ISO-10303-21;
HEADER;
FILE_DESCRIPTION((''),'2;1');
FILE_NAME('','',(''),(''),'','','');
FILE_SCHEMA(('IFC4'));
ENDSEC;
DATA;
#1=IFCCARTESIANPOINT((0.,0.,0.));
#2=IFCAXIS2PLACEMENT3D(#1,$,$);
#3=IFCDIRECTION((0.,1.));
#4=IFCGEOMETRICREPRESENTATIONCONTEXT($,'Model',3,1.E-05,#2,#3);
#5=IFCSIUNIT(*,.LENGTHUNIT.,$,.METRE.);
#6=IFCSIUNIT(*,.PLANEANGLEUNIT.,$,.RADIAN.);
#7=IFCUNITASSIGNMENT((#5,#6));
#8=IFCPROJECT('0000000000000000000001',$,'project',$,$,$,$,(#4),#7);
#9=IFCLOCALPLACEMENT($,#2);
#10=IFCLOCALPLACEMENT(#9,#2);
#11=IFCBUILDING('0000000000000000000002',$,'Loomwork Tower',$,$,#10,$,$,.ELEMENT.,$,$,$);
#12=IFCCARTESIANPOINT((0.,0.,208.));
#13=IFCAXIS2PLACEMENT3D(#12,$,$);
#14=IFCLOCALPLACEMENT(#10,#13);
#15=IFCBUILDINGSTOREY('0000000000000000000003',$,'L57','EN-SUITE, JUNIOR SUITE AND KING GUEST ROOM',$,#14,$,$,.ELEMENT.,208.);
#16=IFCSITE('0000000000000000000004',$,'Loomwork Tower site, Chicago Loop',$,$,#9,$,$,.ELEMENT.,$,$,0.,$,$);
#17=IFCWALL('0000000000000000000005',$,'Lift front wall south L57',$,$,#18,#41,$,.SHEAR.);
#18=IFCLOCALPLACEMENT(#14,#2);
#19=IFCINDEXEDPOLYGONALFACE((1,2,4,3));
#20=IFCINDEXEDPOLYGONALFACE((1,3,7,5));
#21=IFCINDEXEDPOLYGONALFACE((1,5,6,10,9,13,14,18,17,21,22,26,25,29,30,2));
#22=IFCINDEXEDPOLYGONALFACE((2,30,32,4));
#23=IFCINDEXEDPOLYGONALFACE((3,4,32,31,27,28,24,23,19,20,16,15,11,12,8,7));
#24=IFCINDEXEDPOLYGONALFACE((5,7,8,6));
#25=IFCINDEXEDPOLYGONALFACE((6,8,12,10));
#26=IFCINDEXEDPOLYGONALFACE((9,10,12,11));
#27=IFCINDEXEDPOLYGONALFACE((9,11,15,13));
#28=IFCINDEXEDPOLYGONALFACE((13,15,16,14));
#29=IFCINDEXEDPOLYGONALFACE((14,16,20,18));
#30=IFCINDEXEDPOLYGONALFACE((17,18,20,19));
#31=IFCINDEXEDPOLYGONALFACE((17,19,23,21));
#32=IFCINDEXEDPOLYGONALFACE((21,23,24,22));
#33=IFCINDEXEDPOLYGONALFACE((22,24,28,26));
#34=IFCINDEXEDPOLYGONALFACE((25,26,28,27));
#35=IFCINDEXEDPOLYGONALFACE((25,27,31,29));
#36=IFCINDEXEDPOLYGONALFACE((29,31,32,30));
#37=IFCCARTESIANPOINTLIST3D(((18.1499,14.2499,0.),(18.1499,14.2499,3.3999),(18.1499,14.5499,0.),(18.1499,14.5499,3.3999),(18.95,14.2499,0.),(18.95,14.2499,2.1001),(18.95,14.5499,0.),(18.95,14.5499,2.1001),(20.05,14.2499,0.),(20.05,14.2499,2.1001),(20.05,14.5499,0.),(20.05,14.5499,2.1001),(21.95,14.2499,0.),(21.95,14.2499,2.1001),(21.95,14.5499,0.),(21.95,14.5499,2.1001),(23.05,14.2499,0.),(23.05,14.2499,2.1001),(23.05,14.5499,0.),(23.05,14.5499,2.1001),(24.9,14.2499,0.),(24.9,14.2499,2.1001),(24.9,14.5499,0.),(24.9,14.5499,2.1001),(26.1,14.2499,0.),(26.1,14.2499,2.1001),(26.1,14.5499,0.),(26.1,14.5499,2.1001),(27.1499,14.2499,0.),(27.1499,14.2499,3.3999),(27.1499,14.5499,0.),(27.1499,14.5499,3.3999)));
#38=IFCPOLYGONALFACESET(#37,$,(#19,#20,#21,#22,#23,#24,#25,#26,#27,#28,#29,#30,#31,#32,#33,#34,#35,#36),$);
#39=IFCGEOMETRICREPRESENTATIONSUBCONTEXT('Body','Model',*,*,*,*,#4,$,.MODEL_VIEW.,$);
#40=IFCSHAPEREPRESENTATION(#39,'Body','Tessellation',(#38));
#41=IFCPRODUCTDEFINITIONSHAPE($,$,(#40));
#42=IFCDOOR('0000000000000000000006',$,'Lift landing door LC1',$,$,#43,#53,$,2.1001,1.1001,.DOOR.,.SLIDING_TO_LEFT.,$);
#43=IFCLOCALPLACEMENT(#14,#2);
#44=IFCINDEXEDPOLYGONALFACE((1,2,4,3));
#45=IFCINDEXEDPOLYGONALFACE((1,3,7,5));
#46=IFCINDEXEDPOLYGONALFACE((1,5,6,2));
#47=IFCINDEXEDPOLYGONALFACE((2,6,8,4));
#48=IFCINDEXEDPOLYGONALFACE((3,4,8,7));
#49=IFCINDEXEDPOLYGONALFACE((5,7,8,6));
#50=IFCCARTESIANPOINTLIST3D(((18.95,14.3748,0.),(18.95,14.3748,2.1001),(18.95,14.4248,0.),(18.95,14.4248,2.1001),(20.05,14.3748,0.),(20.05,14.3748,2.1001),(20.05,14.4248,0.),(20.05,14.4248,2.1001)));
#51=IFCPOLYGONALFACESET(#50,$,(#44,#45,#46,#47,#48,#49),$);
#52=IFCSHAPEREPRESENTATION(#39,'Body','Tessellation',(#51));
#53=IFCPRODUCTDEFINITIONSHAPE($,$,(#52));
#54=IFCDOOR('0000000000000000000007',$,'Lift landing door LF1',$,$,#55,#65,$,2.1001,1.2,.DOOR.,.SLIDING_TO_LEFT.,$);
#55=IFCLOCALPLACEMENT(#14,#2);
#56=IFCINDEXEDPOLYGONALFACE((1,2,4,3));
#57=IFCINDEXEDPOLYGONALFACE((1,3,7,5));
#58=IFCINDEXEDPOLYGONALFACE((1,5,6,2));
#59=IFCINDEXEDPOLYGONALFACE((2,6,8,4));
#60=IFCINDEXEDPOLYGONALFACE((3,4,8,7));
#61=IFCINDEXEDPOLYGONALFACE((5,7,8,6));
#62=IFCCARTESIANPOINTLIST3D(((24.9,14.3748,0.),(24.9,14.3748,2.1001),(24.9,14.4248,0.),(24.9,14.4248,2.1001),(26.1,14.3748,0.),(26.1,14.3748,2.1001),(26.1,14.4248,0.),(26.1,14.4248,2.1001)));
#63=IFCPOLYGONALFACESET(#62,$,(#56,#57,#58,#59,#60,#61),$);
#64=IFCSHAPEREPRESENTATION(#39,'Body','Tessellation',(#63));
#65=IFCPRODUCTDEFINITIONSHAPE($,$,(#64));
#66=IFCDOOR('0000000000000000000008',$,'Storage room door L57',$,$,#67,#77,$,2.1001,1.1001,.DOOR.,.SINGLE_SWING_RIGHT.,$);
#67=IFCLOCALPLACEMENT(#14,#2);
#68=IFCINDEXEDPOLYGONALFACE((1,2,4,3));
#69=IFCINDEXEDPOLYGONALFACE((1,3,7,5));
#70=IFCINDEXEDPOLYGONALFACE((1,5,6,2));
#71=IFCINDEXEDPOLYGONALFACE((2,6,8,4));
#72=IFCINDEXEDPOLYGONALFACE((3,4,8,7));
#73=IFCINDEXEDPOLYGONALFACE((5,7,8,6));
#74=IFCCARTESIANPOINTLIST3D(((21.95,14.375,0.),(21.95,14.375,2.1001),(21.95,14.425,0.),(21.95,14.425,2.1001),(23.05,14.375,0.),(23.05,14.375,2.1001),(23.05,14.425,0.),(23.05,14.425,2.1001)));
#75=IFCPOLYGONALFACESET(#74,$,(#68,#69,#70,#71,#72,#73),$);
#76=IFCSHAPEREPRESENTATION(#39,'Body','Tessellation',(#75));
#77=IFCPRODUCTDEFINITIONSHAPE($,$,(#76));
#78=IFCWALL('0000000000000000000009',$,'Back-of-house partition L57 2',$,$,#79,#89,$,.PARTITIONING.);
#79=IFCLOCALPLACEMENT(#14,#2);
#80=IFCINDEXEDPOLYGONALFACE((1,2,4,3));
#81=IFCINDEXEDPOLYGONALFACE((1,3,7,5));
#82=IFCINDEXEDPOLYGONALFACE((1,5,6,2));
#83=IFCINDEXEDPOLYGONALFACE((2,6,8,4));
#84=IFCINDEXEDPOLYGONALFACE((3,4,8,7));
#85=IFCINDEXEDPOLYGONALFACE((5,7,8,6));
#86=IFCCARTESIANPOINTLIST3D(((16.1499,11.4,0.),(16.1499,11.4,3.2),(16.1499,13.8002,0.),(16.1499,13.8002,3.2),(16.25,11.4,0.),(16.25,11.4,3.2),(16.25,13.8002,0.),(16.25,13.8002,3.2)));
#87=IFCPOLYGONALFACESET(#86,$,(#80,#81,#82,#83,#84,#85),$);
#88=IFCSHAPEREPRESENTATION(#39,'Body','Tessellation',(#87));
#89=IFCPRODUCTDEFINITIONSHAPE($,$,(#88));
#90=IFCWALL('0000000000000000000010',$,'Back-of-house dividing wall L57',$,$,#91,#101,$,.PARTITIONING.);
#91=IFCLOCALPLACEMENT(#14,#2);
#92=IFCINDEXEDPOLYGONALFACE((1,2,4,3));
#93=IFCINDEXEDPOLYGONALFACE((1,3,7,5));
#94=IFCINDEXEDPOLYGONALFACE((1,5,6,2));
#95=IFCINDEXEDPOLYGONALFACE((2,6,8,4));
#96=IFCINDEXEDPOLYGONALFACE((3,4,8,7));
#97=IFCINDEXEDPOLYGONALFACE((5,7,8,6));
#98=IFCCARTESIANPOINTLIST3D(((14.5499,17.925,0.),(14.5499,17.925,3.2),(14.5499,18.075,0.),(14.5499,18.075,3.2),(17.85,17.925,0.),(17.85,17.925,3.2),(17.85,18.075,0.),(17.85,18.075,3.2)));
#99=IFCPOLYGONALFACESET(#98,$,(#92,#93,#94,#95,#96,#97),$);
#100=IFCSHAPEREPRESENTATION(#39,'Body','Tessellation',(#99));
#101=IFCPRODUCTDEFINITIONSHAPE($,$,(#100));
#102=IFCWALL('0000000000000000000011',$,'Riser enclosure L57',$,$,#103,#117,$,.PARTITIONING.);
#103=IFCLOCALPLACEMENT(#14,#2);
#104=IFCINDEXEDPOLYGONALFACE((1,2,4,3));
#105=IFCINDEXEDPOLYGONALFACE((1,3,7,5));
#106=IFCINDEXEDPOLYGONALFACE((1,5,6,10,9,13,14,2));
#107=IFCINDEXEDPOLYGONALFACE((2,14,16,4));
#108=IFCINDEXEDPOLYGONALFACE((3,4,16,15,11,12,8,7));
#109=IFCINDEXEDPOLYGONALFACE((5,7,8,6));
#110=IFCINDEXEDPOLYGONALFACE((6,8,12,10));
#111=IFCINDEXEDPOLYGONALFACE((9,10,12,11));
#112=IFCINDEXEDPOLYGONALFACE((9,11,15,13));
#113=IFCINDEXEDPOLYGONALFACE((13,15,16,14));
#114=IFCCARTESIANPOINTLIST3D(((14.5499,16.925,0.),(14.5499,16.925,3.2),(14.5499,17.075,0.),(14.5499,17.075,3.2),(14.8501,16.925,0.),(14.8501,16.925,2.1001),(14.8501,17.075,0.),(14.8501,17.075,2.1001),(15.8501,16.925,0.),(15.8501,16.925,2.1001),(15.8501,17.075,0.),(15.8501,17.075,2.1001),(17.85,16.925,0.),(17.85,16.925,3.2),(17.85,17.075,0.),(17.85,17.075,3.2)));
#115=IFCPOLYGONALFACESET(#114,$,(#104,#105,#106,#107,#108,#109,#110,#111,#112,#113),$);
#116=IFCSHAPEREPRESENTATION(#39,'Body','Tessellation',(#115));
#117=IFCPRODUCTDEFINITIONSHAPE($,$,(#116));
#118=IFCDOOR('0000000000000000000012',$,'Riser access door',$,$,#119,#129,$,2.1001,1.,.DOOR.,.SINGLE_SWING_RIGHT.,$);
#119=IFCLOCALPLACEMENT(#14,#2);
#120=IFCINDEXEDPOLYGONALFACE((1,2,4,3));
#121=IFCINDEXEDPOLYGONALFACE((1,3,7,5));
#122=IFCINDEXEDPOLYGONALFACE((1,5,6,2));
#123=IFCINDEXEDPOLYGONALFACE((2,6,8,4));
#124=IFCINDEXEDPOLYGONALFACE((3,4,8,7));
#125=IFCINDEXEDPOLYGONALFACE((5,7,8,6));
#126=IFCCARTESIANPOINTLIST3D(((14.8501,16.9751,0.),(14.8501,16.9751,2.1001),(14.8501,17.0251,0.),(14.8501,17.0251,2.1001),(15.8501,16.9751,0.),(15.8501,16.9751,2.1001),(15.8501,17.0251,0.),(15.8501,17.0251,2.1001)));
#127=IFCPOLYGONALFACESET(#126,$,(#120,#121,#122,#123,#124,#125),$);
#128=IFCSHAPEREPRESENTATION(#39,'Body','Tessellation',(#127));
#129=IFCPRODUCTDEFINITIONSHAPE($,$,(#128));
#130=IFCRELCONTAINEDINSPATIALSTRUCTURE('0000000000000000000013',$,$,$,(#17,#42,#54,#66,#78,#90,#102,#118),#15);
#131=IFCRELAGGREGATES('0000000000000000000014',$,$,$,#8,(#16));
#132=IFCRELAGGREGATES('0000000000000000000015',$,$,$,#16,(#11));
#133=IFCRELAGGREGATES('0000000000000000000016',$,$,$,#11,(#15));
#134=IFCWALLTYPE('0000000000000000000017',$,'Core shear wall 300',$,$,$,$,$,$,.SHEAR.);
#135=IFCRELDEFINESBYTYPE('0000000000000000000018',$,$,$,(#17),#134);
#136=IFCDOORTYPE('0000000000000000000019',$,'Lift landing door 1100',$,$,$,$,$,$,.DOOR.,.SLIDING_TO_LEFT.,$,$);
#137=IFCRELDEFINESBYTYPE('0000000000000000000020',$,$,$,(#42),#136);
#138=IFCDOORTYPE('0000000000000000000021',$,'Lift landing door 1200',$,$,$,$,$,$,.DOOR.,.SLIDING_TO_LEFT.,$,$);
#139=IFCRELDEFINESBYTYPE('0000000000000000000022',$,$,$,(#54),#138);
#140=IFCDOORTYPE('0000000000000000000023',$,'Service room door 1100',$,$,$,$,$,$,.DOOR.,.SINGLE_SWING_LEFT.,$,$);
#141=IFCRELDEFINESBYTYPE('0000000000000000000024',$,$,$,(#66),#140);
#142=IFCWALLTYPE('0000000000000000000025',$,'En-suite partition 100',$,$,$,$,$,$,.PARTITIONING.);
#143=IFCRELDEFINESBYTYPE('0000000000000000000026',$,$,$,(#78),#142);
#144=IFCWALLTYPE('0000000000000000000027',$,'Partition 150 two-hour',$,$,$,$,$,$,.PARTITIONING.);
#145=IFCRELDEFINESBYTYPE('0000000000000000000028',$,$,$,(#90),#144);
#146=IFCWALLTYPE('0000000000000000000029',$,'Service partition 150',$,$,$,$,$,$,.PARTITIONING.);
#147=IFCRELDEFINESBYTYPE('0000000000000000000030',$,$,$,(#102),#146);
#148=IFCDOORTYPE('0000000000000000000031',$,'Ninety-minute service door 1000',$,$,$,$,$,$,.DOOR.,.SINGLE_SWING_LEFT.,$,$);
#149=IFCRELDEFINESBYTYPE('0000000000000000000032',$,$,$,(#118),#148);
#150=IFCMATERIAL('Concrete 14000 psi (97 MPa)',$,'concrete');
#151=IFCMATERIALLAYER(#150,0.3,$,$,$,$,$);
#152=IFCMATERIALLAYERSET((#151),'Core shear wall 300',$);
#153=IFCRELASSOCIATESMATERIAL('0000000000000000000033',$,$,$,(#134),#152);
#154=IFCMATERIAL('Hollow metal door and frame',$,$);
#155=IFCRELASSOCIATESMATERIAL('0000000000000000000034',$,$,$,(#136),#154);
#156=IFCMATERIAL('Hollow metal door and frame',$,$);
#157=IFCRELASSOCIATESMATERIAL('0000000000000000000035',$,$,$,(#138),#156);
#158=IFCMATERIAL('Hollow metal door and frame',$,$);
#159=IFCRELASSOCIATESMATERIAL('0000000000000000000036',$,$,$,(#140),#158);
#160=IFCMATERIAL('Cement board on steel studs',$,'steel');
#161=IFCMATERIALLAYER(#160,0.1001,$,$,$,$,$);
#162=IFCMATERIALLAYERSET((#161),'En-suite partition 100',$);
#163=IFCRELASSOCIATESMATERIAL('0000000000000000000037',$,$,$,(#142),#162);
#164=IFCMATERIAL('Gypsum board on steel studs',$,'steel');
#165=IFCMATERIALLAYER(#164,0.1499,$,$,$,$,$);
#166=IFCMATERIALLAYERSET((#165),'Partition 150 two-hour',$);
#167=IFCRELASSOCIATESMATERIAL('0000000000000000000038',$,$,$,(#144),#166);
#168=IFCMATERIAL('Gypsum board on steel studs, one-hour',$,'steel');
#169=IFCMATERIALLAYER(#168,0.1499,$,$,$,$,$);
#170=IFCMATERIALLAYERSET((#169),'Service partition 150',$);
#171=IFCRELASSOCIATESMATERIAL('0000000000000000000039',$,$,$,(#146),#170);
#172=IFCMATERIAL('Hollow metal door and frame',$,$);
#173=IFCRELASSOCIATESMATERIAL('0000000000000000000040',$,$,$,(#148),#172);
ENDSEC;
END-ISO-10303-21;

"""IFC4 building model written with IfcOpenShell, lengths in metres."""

from ifc_helpers import new_model, si_unit, direction, frame, frame_2d, origin, place, context, subcontext, project, spatial, rectangle, extrude, material, layer, layer_set, type_object, element, fill, save


model = new_model("IFC4")

# Units and contexts
model_context = context("Model", 3, precision=1e-05, world=origin(), true_north=direction((0.0, 1.0)))
body_context = subcontext(model_context, "Body", "Model", "MODEL_VIEW")
ifc_project = project(units=[si_unit("LENGTHUNIT", "METRE"), si_unit("PLANEANGLEUNIT", "RADIAN")], contexts=[model_context])

# Site, building, storey
site_placement = place(None, origin())
site = spatial("IfcSite", under=ifc_project, at=site_placement, Name="Loomwork Tower site, Chicago Loop", CompositionType="ELEMENT", RefElevation=0.0)
building_placement = place(site_placement, origin())
building = spatial("IfcBuilding", under=site, at=building_placement, Name="Loomwork Tower", CompositionType="ELEMENT")
storey_placement = place(building_placement, frame((0.0, 0.0, 208.0)))
storey = spatial("IfcBuildingStorey", under=building, at=storey_placement, Name="L57", Description="EN-SUITE, JUNIOR SUITE AND KING GUEST ROOM", CompositionType="ELEMENT", Elevation=208.0)

# Shared definitions
ifc_material_1 = material(Name="Concrete 14000 psi (97 MPa)", Category="concrete")
ifc_layer_1 = layer(ifc_material_1, 0.3)
ifc_layer_set_1 = layer_set([ifc_layer_1], Name="Core shear wall 300")
wall_type_1 = type_object("IfcWallType", Name="Core shear wall 300", PredefinedType="SHEAR", material=ifc_layer_set_1)

# Wall, openings, doors
ifc_material_2 = material(Name="Hollow metal door and frame")
door_type_1 = type_object("IfcDoorType", Name="Lift landing door 1100", OperationType="SLIDING_TO_LEFT", PredefinedType="DOOR", material=ifc_material_2)
wall_1_placement = place(storey_placement, frame((18.1499, 14.3999, 0.0), z_axis=(0.0, 0.0, 1.0), x_axis=(1.0, 0.0, 0.0)))
wall_1 = element("IfcWall", 1, at=wall_1_placement, inside=storey, type_object=wall_type_1, Name="Lift front wall south L57", PredefinedType="SHEAR", context=body_context, shape_type="SweptSolid", body=[
    extrude(rectangle(XDim=9.0, YDim=0.3, at=frame_2d((4.5, 0.0))), origin(), (0.0, 0.0, 1.0), 3.3999),
])
opening_1_placement = place(wall_1_placement, frame((0.8, 0.0, 0.0)))
opening_1 = element("IfcOpeningElement", 2, at=opening_1_placement, cuts=wall_1, PredefinedType="OPENING", context=body_context, shape_type="SweptSolid", body=[
    extrude(rectangle(XDim=1.1001, YDim=2.1001, at=frame_2d((0.55, 1.05))), frame((0.0, 0.1599, 0.0), z_axis=(0.0, -1.0, 0.0), x_axis=(1.0, 0.0, 0.0)), (0.0, 0.0, 1.0), 0.3201),
])
opening_2_placement = place(wall_1_placement, frame((6.75, 0.0, 0.0)))
opening_2 = element("IfcOpeningElement", 3, at=opening_2_placement, cuts=wall_1, PredefinedType="OPENING", context=body_context, shape_type="SweptSolid", body=[
    extrude(rectangle(XDim=1.2, YDim=2.1001, at=frame_2d((0.6001, 1.05))), frame((0.0, 0.1599, 0.0), z_axis=(0.0, -1.0, 0.0), x_axis=(1.0, 0.0, 0.0)), (0.0, 0.0, 1.0), 0.3201),
])
opening_3_placement = place(wall_1_placement, frame((3.8, 0.0, 0.0)))
opening_3 = element("IfcOpeningElement", 4, at=opening_3_placement, cuts=wall_1, PredefinedType="OPENING", context=body_context, shape_type="SweptSolid", body=[
    extrude(rectangle(XDim=1.1001, YDim=2.1001, at=frame_2d((0.55, 1.05))), frame((0.0, 0.1599, 0.0), z_axis=(0.0, -1.0, 0.0), x_axis=(1.0, 0.0, 0.0)), (0.0, 0.0, 1.0), 0.3201),
])
door_1_placement = place(opening_1_placement, origin())
door_1 = element("IfcDoor", 5, at=door_1_placement, inside=storey, type_object=door_type_1, Name="Lift landing door LC1", OperationType="SLIDING_TO_LEFT", OverallHeight=2.1001, OverallWidth=1.1001, PredefinedType="DOOR", context=body_context, shape_type="SweptSolid", body=[
    extrude(rectangle(XDim=1.1001, YDim=2.1001, at=frame_2d((0.55, 1.05))), frame((0.0, 0.0249, 0.0), z_axis=(0.0, -1.0, 0.0), x_axis=(1.0, 0.0, 0.0)), (0.0, 0.0, 1.0), 0.05),
])
fill(opening_1, door_1)
ifc_material_3 = material(Name="Hollow metal door and frame")
door_type_2 = type_object("IfcDoorType", Name="Lift landing door 1200", OperationType="SLIDING_TO_LEFT", PredefinedType="DOOR", material=ifc_material_3)
door_2_placement = place(opening_2_placement, origin())
door_2 = element("IfcDoor", 6, at=door_2_placement, inside=storey, type_object=door_type_2, Name="Lift landing door LF1", OperationType="SLIDING_TO_LEFT", OverallHeight=2.1001, OverallWidth=1.2, PredefinedType="DOOR", context=body_context, shape_type="SweptSolid", body=[
    extrude(rectangle(XDim=1.2, YDim=2.1001, at=frame_2d((0.6001, 1.05))), frame((0.0, 0.0249, 0.0), z_axis=(0.0, -1.0, 0.0), x_axis=(1.0, 0.0, 0.0)), (0.0, 0.0, 1.0), 0.05),
])
fill(opening_2, door_2)
ifc_material_4 = material(Name="Hollow metal door and frame")
door_type_3 = type_object("IfcDoorType", Name="Service room door 1100", OperationType="SINGLE_SWING_LEFT", PredefinedType="DOOR", material=ifc_material_4)
door_3_placement = place(opening_3_placement, frame((1.1001, 0.0, 0.0), z_axis=(0.0, 0.0, 1.0), x_axis=(-1.0, 0.0, 0.0)))
door_3 = element("IfcDoor", 7, at=door_3_placement, inside=storey, type_object=door_type_3, Name="Storage room door L57", OperationType="SINGLE_SWING_RIGHT", OverallHeight=2.1001, OverallWidth=1.1001, PredefinedType="DOOR", context=body_context, shape_type="SweptSolid", body=[
    extrude(rectangle(XDim=1.1001, YDim=2.1001, at=frame_2d((0.55, 1.05))), frame((0.0, 0.0249, 0.0), z_axis=(0.0, -1.0, 0.0), x_axis=(1.0, 0.0, 0.0)), (0.0, 0.0, 1.0), 0.05),
])
fill(opening_3, door_3)

# Walls
ifc_material_5 = material(Name="Cement board on steel studs", Category="steel")
ifc_layer_2 = layer(ifc_material_5, 0.1001)
ifc_layer_set_2 = layer_set([ifc_layer_2], Name="En-suite partition 100")
wall_type_2 = type_object("IfcWallType", Name="En-suite partition 100", PredefinedType="PARTITIONING", material=ifc_layer_set_2)
wall_2_placement = place(storey_placement, frame((16.2, 11.3999, 0.0), z_axis=(0.0, 0.0, 1.0), x_axis=(0.0, 1.0, 0.0)))
element("IfcWall", 8, at=wall_2_placement, inside=storey, type_object=wall_type_2, Name="Back-of-house partition L57 2", PredefinedType="PARTITIONING", context=body_context, shape_type="SweptSolid", body=[
    extrude(rectangle(XDim=2.4001, YDim=0.1001, at=frame_2d((1.2002, 0.0))), origin(), (0.0, 0.0, 1.0), 3.2),
])
ifc_material_6 = material(Name="Gypsum board on steel studs", Category="steel")
ifc_layer_3 = layer(ifc_material_6, 0.1499)
ifc_layer_set_3 = layer_set([ifc_layer_3], Name="Partition 150 two-hour")
wall_type_3 = type_object("IfcWallType", Name="Partition 150 two-hour", PredefinedType="PARTITIONING", material=ifc_layer_set_3)
wall_3_placement = place(storey_placement, frame((14.55, 18.0, 0.0), z_axis=(0.0, 0.0, 1.0), x_axis=(1.0, 0.0, 0.0)))
element("IfcWall", 9, at=wall_3_placement, inside=storey, type_object=wall_type_3, Name="Back-of-house dividing wall L57", PredefinedType="PARTITIONING", context=body_context, shape_type="SweptSolid", body=[
    extrude(rectangle(XDim=3.3, YDim=0.1499, at=frame_2d((1.6499, 0.0))), origin(), (0.0, 0.0, 1.0), 3.2),
])

# Wall, opening, door
ifc_material_7 = material(Name="Gypsum board on steel studs, one-hour", Category="steel")
ifc_layer_4 = layer(ifc_material_7, 0.1499)
ifc_layer_set_4 = layer_set([ifc_layer_4], Name="Service partition 150")
wall_type_4 = type_object("IfcWallType", Name="Service partition 150", PredefinedType="PARTITIONING", material=ifc_layer_set_4)
wall_4_placement = place(storey_placement, frame((14.55, 17.0, 0.0), z_axis=(0.0, 0.0, 1.0), x_axis=(1.0, 0.0, 0.0)))
wall_4 = element("IfcWall", 10, at=wall_4_placement, inside=storey, type_object=wall_type_4, Name="Riser enclosure L57", PredefinedType="PARTITIONING", context=body_context, shape_type="SweptSolid", body=[
    extrude(rectangle(XDim=3.3, YDim=0.1499, at=frame_2d((1.6499, 0.0))), origin(), (0.0, 0.0, 1.0), 3.2),
])
opening_4_placement = place(wall_4_placement, frame((0.3, 0.0, 0.0)))
opening_4 = element("IfcOpeningElement", 11, at=opening_4_placement, cuts=wall_4, PredefinedType="OPENING", context=body_context, shape_type="SweptSolid", body=[
    extrude(rectangle(XDim=1.0, YDim=2.1001, at=frame_2d((0.5, 1.05))), frame((0.0, 0.085, 0.0), z_axis=(0.0, -1.0, 0.0), x_axis=(1.0, 0.0, 0.0)), (0.0, 0.0, 1.0), 0.1699),
])
ifc_material_8 = material(Name="Hollow metal door and frame")
door_type_4 = type_object("IfcDoorType", Name="Ninety-minute service door 1000", OperationType="SINGLE_SWING_LEFT", PredefinedType="DOOR", material=ifc_material_8)
door_4_placement = place(opening_4_placement, frame((1.0, 0.0, 0.0), z_axis=(0.0, 0.0, 1.0), x_axis=(-1.0, 0.0, 0.0)))
door_4 = element("IfcDoor", 12, at=door_4_placement, inside=storey, type_object=door_type_4, Name="Riser access door", OperationType="SINGLE_SWING_RIGHT", OverallHeight=2.1001, OverallWidth=1.0, PredefinedType="DOOR", context=body_context, shape_type="SweptSolid", body=[
    extrude(rectangle(XDim=1.0, YDim=2.1001, at=frame_2d((0.5, 1.05))), frame((0.0, 0.0249, 0.0), z_axis=(0.0, -1.0, 0.0), x_axis=(1.0, 0.0, 0.0)), (0.0, 0.0, 1.0), 0.05),
])
fill(opening_4, door_4)

save(model, "model.ifc")
